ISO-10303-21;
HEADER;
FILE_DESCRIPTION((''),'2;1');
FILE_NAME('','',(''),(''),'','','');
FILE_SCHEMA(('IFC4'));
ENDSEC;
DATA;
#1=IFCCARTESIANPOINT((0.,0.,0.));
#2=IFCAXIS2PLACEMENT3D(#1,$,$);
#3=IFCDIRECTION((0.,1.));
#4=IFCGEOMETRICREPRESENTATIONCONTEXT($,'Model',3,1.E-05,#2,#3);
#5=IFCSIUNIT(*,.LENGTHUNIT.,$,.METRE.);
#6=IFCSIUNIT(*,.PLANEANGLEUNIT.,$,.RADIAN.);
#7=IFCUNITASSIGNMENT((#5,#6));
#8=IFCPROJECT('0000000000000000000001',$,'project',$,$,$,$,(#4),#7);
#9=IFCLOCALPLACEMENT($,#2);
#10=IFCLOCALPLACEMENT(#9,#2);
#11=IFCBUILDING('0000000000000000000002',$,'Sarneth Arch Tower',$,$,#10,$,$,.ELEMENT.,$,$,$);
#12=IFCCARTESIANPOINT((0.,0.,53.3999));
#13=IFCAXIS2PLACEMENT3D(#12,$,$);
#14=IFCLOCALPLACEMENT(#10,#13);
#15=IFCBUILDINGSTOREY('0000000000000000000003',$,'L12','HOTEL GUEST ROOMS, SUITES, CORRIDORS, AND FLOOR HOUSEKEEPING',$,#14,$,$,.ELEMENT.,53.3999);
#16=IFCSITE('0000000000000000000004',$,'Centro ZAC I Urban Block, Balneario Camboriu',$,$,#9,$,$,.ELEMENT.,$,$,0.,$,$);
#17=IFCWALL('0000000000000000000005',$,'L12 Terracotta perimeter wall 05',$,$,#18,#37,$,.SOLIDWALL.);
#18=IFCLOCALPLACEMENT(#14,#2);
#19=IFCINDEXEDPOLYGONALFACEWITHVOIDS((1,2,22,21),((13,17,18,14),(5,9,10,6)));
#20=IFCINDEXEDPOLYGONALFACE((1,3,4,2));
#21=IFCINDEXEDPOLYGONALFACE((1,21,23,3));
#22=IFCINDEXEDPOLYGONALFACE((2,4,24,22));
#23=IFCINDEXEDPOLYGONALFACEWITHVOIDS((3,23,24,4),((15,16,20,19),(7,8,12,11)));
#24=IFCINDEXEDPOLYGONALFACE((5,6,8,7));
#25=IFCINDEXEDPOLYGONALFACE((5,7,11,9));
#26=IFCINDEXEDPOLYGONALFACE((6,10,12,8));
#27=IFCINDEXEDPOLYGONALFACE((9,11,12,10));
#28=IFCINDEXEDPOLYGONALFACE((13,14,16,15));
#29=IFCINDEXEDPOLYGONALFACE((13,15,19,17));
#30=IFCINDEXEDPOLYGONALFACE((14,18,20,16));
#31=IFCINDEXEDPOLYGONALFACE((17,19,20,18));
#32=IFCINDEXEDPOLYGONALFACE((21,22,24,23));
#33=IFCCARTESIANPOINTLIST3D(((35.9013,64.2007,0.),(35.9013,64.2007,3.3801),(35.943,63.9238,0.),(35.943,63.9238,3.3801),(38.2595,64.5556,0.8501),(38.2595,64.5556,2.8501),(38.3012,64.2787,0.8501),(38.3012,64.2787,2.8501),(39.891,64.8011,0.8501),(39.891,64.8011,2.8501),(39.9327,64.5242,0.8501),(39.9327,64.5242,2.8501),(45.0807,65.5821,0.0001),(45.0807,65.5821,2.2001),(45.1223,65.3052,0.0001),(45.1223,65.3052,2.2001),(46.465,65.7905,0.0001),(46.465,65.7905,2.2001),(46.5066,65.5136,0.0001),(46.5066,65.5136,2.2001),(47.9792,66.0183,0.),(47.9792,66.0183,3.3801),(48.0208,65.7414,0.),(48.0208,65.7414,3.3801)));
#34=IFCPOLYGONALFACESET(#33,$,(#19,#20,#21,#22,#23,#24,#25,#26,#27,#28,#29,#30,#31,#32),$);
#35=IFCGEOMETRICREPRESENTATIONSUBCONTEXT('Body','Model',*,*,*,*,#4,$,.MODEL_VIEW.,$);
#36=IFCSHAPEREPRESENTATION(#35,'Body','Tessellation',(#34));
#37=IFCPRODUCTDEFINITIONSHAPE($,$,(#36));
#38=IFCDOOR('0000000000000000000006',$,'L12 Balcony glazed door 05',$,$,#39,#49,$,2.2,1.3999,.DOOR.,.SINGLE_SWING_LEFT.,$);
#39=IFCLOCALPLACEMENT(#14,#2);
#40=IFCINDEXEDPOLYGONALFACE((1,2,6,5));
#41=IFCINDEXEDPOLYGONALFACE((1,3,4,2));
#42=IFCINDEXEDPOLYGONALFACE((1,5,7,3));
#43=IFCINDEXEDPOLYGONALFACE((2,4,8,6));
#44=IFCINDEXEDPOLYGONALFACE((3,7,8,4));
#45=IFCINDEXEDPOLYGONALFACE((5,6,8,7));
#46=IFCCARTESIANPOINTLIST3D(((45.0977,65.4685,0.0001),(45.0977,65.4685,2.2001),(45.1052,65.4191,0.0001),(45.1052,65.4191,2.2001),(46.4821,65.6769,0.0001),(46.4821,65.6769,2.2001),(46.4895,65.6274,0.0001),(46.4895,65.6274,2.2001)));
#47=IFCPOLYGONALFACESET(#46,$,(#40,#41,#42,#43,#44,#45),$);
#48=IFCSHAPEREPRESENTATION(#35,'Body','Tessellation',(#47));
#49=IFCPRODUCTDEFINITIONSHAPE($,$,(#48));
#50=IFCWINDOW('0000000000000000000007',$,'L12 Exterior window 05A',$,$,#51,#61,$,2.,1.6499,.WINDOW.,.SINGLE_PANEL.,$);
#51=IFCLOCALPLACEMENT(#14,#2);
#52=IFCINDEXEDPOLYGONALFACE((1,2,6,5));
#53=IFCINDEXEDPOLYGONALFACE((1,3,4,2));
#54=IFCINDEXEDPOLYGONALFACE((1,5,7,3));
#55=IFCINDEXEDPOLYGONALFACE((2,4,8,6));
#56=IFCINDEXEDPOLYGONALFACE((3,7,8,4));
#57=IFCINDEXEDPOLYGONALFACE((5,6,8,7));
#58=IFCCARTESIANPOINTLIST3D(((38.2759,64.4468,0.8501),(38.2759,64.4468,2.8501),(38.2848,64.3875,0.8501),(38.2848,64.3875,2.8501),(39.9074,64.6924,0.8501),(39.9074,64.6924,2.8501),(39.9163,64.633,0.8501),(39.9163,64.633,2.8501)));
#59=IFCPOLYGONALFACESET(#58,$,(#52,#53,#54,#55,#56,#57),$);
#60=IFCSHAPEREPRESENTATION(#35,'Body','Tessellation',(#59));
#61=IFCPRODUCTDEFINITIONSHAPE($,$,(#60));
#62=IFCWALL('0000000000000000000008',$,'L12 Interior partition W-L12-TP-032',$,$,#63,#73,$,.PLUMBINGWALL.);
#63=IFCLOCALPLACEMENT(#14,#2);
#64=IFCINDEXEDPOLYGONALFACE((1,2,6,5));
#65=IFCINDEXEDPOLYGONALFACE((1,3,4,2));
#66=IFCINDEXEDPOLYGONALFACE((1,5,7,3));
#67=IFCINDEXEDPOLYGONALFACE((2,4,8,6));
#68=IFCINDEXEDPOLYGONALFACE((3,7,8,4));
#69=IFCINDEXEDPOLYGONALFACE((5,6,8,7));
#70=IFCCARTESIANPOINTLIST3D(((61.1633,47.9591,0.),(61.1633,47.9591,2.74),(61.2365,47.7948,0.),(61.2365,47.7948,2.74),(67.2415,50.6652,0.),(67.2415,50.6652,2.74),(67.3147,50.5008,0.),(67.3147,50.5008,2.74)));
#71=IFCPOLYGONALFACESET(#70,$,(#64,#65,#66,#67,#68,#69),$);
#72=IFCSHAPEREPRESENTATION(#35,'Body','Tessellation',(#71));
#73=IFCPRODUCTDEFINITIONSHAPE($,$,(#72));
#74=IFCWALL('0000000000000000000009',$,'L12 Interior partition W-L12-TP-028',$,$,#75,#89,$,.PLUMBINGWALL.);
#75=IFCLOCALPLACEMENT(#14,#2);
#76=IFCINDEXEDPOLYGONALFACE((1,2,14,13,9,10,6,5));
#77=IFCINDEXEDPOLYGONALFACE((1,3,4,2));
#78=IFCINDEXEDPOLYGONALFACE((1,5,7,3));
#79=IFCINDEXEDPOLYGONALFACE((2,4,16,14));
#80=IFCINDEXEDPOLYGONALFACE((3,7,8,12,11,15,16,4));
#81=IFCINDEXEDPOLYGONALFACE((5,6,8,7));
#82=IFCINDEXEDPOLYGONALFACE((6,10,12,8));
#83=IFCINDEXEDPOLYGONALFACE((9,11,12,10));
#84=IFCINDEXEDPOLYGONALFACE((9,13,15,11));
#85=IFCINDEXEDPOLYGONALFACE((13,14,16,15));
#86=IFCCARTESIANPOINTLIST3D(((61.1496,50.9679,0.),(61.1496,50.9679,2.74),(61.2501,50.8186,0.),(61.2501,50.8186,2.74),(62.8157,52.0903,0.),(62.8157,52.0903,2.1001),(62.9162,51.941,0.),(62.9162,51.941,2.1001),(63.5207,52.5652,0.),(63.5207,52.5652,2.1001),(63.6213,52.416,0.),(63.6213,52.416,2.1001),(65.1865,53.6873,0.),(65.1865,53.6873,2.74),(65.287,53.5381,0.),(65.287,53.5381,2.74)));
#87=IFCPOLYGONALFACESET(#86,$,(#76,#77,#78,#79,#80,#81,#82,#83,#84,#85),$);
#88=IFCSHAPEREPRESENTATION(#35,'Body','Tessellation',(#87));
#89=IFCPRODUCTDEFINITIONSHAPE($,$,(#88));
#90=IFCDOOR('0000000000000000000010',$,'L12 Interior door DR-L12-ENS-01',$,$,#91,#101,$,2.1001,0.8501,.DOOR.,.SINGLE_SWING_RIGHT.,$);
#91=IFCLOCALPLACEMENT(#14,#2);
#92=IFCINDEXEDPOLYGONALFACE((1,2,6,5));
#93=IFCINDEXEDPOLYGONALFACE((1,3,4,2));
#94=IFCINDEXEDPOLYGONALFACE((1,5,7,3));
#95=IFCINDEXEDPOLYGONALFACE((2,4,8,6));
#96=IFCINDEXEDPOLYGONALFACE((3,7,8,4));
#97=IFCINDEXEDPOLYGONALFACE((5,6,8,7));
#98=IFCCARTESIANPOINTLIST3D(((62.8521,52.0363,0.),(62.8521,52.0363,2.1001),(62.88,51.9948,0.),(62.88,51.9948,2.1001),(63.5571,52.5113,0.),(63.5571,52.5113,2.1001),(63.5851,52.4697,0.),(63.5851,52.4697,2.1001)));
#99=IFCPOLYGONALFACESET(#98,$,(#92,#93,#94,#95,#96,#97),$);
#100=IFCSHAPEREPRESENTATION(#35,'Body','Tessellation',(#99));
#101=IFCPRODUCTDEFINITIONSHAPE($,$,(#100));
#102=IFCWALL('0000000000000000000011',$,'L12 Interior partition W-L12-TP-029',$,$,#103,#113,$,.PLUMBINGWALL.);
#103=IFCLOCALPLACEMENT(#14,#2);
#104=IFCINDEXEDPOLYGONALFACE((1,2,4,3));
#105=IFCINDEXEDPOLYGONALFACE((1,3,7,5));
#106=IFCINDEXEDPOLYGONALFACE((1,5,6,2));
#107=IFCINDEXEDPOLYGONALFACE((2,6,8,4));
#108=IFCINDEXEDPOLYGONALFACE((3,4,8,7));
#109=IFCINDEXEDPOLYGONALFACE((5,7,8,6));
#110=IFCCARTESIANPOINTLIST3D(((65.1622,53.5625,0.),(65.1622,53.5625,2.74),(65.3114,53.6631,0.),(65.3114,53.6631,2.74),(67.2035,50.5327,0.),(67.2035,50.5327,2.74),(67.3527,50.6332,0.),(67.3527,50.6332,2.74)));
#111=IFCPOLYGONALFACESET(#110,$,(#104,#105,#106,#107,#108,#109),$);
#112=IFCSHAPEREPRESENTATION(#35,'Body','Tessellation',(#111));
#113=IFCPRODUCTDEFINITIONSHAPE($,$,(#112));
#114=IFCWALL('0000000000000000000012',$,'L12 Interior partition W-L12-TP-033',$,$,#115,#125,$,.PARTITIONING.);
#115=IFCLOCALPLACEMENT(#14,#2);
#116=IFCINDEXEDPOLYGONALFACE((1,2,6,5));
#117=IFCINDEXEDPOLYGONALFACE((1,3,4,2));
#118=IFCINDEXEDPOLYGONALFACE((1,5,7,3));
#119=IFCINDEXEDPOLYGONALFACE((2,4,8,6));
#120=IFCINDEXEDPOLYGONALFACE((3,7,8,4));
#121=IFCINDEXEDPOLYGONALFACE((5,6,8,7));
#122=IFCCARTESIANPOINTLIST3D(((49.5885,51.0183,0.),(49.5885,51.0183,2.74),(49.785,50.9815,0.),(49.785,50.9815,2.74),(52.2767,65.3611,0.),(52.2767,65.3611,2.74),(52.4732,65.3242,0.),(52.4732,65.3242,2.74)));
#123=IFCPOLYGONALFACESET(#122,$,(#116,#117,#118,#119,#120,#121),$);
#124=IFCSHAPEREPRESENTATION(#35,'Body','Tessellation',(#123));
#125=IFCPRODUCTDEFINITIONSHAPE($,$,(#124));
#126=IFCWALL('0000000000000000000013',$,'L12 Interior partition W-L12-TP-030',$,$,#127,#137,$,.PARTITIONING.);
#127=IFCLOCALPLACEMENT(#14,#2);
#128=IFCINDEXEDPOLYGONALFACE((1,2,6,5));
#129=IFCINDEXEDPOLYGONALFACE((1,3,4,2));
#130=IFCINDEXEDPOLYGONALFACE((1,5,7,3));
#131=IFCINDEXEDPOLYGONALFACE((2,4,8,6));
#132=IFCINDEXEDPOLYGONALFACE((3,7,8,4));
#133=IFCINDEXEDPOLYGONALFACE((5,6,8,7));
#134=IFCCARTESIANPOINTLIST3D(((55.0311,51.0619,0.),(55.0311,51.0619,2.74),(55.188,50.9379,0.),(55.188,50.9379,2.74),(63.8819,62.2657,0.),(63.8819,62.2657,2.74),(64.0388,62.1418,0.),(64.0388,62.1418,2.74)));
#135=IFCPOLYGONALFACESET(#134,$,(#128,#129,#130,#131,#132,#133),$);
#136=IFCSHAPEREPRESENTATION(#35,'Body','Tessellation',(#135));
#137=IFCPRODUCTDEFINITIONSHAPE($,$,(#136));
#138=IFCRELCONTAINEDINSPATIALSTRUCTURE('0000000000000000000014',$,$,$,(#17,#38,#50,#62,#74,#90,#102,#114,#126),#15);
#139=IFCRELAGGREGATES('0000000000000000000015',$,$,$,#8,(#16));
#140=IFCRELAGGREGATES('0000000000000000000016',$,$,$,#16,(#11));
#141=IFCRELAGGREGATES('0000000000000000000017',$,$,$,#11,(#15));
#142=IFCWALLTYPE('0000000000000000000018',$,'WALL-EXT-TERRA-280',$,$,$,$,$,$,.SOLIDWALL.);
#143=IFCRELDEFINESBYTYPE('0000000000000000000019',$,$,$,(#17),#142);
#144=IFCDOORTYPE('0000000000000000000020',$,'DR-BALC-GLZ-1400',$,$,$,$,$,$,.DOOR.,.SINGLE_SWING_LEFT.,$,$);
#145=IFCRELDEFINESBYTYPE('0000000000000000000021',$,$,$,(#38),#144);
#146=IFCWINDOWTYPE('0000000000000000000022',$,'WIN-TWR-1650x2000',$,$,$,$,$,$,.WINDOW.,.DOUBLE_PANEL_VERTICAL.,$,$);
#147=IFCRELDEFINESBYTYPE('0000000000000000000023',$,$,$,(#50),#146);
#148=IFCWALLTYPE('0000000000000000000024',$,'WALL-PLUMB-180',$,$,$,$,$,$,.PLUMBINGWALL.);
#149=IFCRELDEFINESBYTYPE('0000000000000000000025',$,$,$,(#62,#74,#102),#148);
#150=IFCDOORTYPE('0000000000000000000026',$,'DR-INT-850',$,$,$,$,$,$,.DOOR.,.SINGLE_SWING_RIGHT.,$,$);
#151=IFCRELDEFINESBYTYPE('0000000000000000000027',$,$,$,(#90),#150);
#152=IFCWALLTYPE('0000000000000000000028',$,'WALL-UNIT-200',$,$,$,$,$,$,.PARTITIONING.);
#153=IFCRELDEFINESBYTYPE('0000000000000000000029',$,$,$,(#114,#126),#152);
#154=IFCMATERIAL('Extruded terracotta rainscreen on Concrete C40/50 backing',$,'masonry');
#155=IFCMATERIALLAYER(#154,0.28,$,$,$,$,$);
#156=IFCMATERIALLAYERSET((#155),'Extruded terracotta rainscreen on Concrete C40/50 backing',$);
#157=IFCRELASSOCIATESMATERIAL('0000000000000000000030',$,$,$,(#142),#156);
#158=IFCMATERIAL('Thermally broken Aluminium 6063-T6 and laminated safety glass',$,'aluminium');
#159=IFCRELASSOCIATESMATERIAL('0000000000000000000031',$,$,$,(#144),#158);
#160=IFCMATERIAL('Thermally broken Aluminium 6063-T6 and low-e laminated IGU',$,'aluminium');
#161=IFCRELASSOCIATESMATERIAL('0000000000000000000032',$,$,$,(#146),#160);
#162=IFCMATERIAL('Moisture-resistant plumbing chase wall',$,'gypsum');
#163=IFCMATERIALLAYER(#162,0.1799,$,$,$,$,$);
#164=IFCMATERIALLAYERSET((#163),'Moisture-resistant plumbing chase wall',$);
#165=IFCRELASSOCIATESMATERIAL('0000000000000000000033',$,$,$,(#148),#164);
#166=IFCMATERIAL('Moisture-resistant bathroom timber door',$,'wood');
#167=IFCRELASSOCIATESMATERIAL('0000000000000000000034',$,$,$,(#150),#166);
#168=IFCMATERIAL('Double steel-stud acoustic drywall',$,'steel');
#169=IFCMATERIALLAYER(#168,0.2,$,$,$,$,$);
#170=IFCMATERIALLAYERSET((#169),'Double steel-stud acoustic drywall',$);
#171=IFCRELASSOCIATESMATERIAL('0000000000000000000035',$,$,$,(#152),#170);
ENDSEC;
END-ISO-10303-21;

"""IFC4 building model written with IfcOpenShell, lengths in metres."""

from ifc_helpers import new_model, si_unit, direction, frame, frame_2d, origin, place, context, subcontext, project, spatial, rectangle, extrude, material, layer, layer_set, type_object, element, fill, save


model = new_model("IFC4")

# Units and contexts
model_context = context("Model", 3, precision=1e-05, world=origin(), true_north=direction((0.0, 1.0)))
body_context = subcontext(model_context, "Body", "Model", "MODEL_VIEW")
ifc_project = project(units=[si_unit("LENGTHUNIT", "METRE"), si_unit("PLANEANGLEUNIT", "RADIAN")], contexts=[model_context])

# Site, building, storey
site_placement = place(None, origin())
site = spatial("IfcSite", under=ifc_project, at=site_placement, Name="Centro ZAC I Urban Block, Balneario Camboriu", CompositionType="ELEMENT", RefElevation=0.0)
building_placement = place(site_placement, origin())
building = spatial("IfcBuilding", under=site, at=building_placement, Name="Sarneth Arch Tower", CompositionType="ELEMENT")
storey_placement = place(building_placement, frame((0.0, 0.0, 53.3999)))
storey = spatial("IfcBuildingStorey", under=building, at=storey_placement, Name="L12", Description="HOTEL GUEST ROOMS, SUITES, CORRIDORS, AND FLOOR HOUSEKEEPING", CompositionType="ELEMENT", Elevation=53.3999)

# Wall, openings, door, window
ifc_material_1 = material(Name="Extruded terracotta rainscreen on Concrete C40/50 backing", Category="masonry")
ifc_layer_1 = layer(ifc_material_1, 0.28)
ifc_layer_set_1 = layer_set([ifc_layer_1], Name="Extruded terracotta rainscreen on Concrete C40/50 backing")
wall_type_1 = type_object("IfcWallType", Name="WALL-EXT-TERRA-280", PredefinedType="SOLIDWALL", material=ifc_layer_set_1)
wall_1_placement = place(storey_placement, frame((48.0, 65.8799, 0.0), z_axis=(0.0, 0.0, 1.0), x_axis=(-0.988865, -0.148816, 0.0)))
wall_1 = element("IfcWall", 1, at=wall_1_placement, inside=storey, type_object=wall_type_1, Name="L12 Terracotta perimeter wall 05", PredefinedType="SOLIDWALL", context=body_context, shape_type="SweptSolid", body=[
    extrude(rectangle(XDim=12.2139, YDim=0.28, at=frame_2d((6.1069, 0.0))), origin(), (0.0, 0.0, 1.0), 3.3801),
])
opening_1_placement = place(wall_1_placement, frame((1.5312, 0.0, 0.0)))
opening_1 = element("IfcOpeningElement", 2, at=opening_1_placement, cuts=wall_1, PredefinedType="OPENING", context=body_context, shape_type="SweptSolid", body=[
    extrude(rectangle(XDim=1.3999, YDim=2.2, at=frame_2d((0.7, 1.1001))), frame((0.0, 0.1499, 0.0), z_axis=(0.0, -1.0, 0.0), x_axis=(1.0, 0.0, 0.0)), (0.0, 0.0, 1.0), 0.3),
])
opening_2_placement = place(wall_1_placement, frame((8.1792, 0.0, 0.8501)))
opening_2 = element("IfcOpeningElement", 3, at=opening_2_placement, cuts=wall_1, PredefinedType="OPENING", context=body_context, shape_type="SweptSolid", body=[
    extrude(rectangle(XDim=1.6499, YDim=2.0, at=frame_2d((0.825, 1.0))), frame((0.0, 0.1499, 0.0), z_axis=(0.0, -1.0, 0.0), x_axis=(1.0, 0.0, 0.0)), (0.0, 0.0, 1.0), 0.3),
])
ifc_material_2 = material(Name="Thermally broken Aluminium 6063-T6 and laminated safety glass", Category="aluminium")
door_type_1 = type_object("IfcDoorType", Name="DR-BALC-GLZ-1400", OperationType="SINGLE_SWING_LEFT", PredefinedType="DOOR", material=ifc_material_2)
door_1_placement = place(opening_1_placement, origin())
door_1 = element("IfcDoor", 4, at=door_1_placement, inside=storey, type_object=door_type_1, Name="L12 Balcony glazed door 05", OperationType="SINGLE_SWING_LEFT", OverallHeight=2.2, OverallWidth=1.3999, PredefinedType="DOOR", context=body_context, shape_type="SweptSolid", body=[
    extrude(rectangle(XDim=1.3999, YDim=2.2, at=frame_2d((0.7, 1.1001))), frame((0.0, 0.0249, 0.0), z_axis=(0.0, -1.0, 0.0), x_axis=(1.0, 0.0, 0.0)), (0.0, 0.0, 1.0), 0.05),
])
fill(opening_1, door_1)
ifc_material_3 = material(Name="Thermally broken Aluminium 6063-T6 and low-e laminated IGU", Category="aluminium")
window_type = type_object("IfcWindowType", Name="WIN-TWR-1650x2000", PartitioningType="DOUBLE_PANEL_VERTICAL", PredefinedType="WINDOW", material=ifc_material_3)
window_placement = place(opening_2_placement, origin())
window = element("IfcWindow", 5, at=window_placement, inside=storey, type_object=window_type, Name="L12 Exterior window 05A", OverallHeight=2.0, OverallWidth=1.6499, PartitioningType="SINGLE_PANEL", PredefinedType="WINDOW", context=body_context, shape_type="SweptSolid", body=[
    extrude(rectangle(XDim=1.6499, YDim=2.0, at=frame_2d((0.825, 1.0))), frame((0.0, 0.03, 0.0), z_axis=(0.0, -1.0, 0.0), x_axis=(1.0, 0.0, 0.0)), (0.0, 0.0, 1.0), 0.0601),
])
fill(opening_2, window)

# Wall
ifc_material_4 = material(Name="Moisture-resistant plumbing chase wall", Category="gypsum")
ifc_layer_2 = layer(ifc_material_4, 0.1799)
ifc_layer_set_2 = layer_set([ifc_layer_2], Name="Moisture-resistant plumbing chase wall")
wall_type_2 = type_object("IfcWallType", Name="WALL-PLUMB-180", PredefinedType="PLUMBINGWALL", material=ifc_layer_set_2)
wall_2_placement = place(storey_placement, frame((67.2781, 50.583, 0.0), z_axis=(0.0, 0.0, 1.0), x_axis=(-0.913551, -0.406724, 0.0)))
element("IfcWall", 6, at=wall_2_placement, inside=storey, type_object=wall_type_2, Name="L12 Interior partition W-L12-TP-032", PredefinedType="PLUMBINGWALL", context=body_context, shape_type="SweptSolid", body=[
    extrude(rectangle(XDim=6.6533, YDim=0.1799, at=frame_2d((3.3267, 0.0))), origin(), (0.0, 0.0, 1.0), 2.74),
])

# Wall, opening, door
wall_3_placement = place(storey_placement, frame((61.2, 50.8933, 0.0), z_axis=(0.0, 0.0, 1.0), x_axis=(0.829363, 0.55871, 0.0)))
wall_3 = element("IfcWall", 7, at=wall_3_placement, inside=storey, type_object=wall_type_2, Name="L12 Interior partition W-L12-TP-028", PredefinedType="PLUMBINGWALL", context=body_context, shape_type="SweptSolid", body=[
    extrude(rectangle(XDim=4.8674, YDim=0.1799, at=frame_2d((2.4336, 0.0))), origin(), (0.0, 0.0, 1.0), 2.74),
])
opening_3_placement = place(wall_3_placement, frame((2.0088, 0.0, 0.0)))
opening_3 = element("IfcOpeningElement", 8, at=opening_3_placement, cuts=wall_3, PredefinedType="OPENING", context=body_context, shape_type="SweptSolid", body=[
    extrude(rectangle(XDim=0.8501, YDim=2.1001, at=frame_2d((0.425, 1.05))), frame((0.0, 0.0999, 0.0), z_axis=(0.0, -1.0, 0.0), x_axis=(1.0, 0.0, 0.0)), (0.0, 0.0, 1.0), 0.2),
])
ifc_material_5 = material(Name="Moisture-resistant bathroom timber door", Category="wood")
door_type_2 = type_object("IfcDoorType", Name="DR-INT-850", OperationType="SINGLE_SWING_RIGHT", PredefinedType="DOOR", material=ifc_material_5)
door_2_placement = place(opening_3_placement, origin())
door_2 = element("IfcDoor", 9, at=door_2_placement, inside=storey, type_object=door_type_2, Name="L12 Interior door DR-L12-ENS-01", OperationType="SINGLE_SWING_RIGHT", OverallHeight=2.1001, OverallWidth=0.8501, PredefinedType="DOOR", context=body_context, shape_type="SweptSolid", body=[
    extrude(rectangle(XDim=0.8501, YDim=2.1001, at=frame_2d((0.425, 1.05))), frame((0.0, 0.0249, 0.0), z_axis=(0.0, -1.0, 0.0), x_axis=(1.0, 0.0, 0.0)), (0.0, 0.0, 1.0), 0.05),
])
fill(opening_3, door_2)

# Walls
wall_4_placement = place(storey_placement, frame((65.2368, 53.6128, 0.0), z_axis=(0.0, 0.0, 1.0), x_axis=(0.55875, -0.829336, 0.0)))
element("IfcWall", 10, at=wall_4_placement, inside=storey, type_object=wall_type_2, Name="L12 Interior partition W-L12-TP-029", PredefinedType="PLUMBINGWALL", context=body_context, shape_type="SweptSolid", body=[
    extrude(rectangle(XDim=3.6533, YDim=0.1799, at=frame_2d((1.8267, 0.0))), origin(), (0.0, 0.0, 1.0), 2.74),
])
ifc_material_6 = material(Name="Double steel-stud acoustic drywall", Category="steel")
ifc_layer_3 = layer(ifc_material_6, 0.2)
ifc_layer_set_3 = layer_set([ifc_layer_3], Name="Double steel-stud acoustic drywall")
wall_type_3 = type_object("IfcWallType", Name="WALL-UNIT-200", PredefinedType="PARTITIONING", material=ifc_layer_set_3)
wall_5_placement = place(storey_placement, frame((52.375, 65.3428, 0.0), z_axis=(0.0, 0.0, 1.0), x_axis=(-0.18422, -0.982885, 0.0)))
element("IfcWall", 11, at=wall_5_placement, inside=storey, type_object=wall_type_3, Name="L12 Interior partition W-L12-TP-033", PredefinedType="PARTITIONING", context=body_context, shape_type="SweptSolid", body=[
    extrude(rectangle(XDim=14.5925, YDim=0.2, at=frame_2d((7.2964, 0.0))), origin(), (0.0, 0.0, 1.0), 2.74),
])
wall_6_placement = place(storey_placement, frame((63.9604, 62.2039, 0.0), z_axis=(0.0, 0.0, 1.0), x_axis=(-0.619889, -0.784689, 0.0)))
element("IfcWall", 12, at=wall_6_placement, inside=storey, type_object=wall_type_3, Name="L12 Interior partition W-L12-TP-030", PredefinedType="PARTITIONING", context=body_context, shape_type="SweptSolid", body=[
    extrude(rectangle(XDim=14.2781, YDim=0.2, at=frame_2d((7.1392, 0.0))), origin(), (0.0, 0.0, 1.0), 2.74),
])

save(model, "model.ifc")
